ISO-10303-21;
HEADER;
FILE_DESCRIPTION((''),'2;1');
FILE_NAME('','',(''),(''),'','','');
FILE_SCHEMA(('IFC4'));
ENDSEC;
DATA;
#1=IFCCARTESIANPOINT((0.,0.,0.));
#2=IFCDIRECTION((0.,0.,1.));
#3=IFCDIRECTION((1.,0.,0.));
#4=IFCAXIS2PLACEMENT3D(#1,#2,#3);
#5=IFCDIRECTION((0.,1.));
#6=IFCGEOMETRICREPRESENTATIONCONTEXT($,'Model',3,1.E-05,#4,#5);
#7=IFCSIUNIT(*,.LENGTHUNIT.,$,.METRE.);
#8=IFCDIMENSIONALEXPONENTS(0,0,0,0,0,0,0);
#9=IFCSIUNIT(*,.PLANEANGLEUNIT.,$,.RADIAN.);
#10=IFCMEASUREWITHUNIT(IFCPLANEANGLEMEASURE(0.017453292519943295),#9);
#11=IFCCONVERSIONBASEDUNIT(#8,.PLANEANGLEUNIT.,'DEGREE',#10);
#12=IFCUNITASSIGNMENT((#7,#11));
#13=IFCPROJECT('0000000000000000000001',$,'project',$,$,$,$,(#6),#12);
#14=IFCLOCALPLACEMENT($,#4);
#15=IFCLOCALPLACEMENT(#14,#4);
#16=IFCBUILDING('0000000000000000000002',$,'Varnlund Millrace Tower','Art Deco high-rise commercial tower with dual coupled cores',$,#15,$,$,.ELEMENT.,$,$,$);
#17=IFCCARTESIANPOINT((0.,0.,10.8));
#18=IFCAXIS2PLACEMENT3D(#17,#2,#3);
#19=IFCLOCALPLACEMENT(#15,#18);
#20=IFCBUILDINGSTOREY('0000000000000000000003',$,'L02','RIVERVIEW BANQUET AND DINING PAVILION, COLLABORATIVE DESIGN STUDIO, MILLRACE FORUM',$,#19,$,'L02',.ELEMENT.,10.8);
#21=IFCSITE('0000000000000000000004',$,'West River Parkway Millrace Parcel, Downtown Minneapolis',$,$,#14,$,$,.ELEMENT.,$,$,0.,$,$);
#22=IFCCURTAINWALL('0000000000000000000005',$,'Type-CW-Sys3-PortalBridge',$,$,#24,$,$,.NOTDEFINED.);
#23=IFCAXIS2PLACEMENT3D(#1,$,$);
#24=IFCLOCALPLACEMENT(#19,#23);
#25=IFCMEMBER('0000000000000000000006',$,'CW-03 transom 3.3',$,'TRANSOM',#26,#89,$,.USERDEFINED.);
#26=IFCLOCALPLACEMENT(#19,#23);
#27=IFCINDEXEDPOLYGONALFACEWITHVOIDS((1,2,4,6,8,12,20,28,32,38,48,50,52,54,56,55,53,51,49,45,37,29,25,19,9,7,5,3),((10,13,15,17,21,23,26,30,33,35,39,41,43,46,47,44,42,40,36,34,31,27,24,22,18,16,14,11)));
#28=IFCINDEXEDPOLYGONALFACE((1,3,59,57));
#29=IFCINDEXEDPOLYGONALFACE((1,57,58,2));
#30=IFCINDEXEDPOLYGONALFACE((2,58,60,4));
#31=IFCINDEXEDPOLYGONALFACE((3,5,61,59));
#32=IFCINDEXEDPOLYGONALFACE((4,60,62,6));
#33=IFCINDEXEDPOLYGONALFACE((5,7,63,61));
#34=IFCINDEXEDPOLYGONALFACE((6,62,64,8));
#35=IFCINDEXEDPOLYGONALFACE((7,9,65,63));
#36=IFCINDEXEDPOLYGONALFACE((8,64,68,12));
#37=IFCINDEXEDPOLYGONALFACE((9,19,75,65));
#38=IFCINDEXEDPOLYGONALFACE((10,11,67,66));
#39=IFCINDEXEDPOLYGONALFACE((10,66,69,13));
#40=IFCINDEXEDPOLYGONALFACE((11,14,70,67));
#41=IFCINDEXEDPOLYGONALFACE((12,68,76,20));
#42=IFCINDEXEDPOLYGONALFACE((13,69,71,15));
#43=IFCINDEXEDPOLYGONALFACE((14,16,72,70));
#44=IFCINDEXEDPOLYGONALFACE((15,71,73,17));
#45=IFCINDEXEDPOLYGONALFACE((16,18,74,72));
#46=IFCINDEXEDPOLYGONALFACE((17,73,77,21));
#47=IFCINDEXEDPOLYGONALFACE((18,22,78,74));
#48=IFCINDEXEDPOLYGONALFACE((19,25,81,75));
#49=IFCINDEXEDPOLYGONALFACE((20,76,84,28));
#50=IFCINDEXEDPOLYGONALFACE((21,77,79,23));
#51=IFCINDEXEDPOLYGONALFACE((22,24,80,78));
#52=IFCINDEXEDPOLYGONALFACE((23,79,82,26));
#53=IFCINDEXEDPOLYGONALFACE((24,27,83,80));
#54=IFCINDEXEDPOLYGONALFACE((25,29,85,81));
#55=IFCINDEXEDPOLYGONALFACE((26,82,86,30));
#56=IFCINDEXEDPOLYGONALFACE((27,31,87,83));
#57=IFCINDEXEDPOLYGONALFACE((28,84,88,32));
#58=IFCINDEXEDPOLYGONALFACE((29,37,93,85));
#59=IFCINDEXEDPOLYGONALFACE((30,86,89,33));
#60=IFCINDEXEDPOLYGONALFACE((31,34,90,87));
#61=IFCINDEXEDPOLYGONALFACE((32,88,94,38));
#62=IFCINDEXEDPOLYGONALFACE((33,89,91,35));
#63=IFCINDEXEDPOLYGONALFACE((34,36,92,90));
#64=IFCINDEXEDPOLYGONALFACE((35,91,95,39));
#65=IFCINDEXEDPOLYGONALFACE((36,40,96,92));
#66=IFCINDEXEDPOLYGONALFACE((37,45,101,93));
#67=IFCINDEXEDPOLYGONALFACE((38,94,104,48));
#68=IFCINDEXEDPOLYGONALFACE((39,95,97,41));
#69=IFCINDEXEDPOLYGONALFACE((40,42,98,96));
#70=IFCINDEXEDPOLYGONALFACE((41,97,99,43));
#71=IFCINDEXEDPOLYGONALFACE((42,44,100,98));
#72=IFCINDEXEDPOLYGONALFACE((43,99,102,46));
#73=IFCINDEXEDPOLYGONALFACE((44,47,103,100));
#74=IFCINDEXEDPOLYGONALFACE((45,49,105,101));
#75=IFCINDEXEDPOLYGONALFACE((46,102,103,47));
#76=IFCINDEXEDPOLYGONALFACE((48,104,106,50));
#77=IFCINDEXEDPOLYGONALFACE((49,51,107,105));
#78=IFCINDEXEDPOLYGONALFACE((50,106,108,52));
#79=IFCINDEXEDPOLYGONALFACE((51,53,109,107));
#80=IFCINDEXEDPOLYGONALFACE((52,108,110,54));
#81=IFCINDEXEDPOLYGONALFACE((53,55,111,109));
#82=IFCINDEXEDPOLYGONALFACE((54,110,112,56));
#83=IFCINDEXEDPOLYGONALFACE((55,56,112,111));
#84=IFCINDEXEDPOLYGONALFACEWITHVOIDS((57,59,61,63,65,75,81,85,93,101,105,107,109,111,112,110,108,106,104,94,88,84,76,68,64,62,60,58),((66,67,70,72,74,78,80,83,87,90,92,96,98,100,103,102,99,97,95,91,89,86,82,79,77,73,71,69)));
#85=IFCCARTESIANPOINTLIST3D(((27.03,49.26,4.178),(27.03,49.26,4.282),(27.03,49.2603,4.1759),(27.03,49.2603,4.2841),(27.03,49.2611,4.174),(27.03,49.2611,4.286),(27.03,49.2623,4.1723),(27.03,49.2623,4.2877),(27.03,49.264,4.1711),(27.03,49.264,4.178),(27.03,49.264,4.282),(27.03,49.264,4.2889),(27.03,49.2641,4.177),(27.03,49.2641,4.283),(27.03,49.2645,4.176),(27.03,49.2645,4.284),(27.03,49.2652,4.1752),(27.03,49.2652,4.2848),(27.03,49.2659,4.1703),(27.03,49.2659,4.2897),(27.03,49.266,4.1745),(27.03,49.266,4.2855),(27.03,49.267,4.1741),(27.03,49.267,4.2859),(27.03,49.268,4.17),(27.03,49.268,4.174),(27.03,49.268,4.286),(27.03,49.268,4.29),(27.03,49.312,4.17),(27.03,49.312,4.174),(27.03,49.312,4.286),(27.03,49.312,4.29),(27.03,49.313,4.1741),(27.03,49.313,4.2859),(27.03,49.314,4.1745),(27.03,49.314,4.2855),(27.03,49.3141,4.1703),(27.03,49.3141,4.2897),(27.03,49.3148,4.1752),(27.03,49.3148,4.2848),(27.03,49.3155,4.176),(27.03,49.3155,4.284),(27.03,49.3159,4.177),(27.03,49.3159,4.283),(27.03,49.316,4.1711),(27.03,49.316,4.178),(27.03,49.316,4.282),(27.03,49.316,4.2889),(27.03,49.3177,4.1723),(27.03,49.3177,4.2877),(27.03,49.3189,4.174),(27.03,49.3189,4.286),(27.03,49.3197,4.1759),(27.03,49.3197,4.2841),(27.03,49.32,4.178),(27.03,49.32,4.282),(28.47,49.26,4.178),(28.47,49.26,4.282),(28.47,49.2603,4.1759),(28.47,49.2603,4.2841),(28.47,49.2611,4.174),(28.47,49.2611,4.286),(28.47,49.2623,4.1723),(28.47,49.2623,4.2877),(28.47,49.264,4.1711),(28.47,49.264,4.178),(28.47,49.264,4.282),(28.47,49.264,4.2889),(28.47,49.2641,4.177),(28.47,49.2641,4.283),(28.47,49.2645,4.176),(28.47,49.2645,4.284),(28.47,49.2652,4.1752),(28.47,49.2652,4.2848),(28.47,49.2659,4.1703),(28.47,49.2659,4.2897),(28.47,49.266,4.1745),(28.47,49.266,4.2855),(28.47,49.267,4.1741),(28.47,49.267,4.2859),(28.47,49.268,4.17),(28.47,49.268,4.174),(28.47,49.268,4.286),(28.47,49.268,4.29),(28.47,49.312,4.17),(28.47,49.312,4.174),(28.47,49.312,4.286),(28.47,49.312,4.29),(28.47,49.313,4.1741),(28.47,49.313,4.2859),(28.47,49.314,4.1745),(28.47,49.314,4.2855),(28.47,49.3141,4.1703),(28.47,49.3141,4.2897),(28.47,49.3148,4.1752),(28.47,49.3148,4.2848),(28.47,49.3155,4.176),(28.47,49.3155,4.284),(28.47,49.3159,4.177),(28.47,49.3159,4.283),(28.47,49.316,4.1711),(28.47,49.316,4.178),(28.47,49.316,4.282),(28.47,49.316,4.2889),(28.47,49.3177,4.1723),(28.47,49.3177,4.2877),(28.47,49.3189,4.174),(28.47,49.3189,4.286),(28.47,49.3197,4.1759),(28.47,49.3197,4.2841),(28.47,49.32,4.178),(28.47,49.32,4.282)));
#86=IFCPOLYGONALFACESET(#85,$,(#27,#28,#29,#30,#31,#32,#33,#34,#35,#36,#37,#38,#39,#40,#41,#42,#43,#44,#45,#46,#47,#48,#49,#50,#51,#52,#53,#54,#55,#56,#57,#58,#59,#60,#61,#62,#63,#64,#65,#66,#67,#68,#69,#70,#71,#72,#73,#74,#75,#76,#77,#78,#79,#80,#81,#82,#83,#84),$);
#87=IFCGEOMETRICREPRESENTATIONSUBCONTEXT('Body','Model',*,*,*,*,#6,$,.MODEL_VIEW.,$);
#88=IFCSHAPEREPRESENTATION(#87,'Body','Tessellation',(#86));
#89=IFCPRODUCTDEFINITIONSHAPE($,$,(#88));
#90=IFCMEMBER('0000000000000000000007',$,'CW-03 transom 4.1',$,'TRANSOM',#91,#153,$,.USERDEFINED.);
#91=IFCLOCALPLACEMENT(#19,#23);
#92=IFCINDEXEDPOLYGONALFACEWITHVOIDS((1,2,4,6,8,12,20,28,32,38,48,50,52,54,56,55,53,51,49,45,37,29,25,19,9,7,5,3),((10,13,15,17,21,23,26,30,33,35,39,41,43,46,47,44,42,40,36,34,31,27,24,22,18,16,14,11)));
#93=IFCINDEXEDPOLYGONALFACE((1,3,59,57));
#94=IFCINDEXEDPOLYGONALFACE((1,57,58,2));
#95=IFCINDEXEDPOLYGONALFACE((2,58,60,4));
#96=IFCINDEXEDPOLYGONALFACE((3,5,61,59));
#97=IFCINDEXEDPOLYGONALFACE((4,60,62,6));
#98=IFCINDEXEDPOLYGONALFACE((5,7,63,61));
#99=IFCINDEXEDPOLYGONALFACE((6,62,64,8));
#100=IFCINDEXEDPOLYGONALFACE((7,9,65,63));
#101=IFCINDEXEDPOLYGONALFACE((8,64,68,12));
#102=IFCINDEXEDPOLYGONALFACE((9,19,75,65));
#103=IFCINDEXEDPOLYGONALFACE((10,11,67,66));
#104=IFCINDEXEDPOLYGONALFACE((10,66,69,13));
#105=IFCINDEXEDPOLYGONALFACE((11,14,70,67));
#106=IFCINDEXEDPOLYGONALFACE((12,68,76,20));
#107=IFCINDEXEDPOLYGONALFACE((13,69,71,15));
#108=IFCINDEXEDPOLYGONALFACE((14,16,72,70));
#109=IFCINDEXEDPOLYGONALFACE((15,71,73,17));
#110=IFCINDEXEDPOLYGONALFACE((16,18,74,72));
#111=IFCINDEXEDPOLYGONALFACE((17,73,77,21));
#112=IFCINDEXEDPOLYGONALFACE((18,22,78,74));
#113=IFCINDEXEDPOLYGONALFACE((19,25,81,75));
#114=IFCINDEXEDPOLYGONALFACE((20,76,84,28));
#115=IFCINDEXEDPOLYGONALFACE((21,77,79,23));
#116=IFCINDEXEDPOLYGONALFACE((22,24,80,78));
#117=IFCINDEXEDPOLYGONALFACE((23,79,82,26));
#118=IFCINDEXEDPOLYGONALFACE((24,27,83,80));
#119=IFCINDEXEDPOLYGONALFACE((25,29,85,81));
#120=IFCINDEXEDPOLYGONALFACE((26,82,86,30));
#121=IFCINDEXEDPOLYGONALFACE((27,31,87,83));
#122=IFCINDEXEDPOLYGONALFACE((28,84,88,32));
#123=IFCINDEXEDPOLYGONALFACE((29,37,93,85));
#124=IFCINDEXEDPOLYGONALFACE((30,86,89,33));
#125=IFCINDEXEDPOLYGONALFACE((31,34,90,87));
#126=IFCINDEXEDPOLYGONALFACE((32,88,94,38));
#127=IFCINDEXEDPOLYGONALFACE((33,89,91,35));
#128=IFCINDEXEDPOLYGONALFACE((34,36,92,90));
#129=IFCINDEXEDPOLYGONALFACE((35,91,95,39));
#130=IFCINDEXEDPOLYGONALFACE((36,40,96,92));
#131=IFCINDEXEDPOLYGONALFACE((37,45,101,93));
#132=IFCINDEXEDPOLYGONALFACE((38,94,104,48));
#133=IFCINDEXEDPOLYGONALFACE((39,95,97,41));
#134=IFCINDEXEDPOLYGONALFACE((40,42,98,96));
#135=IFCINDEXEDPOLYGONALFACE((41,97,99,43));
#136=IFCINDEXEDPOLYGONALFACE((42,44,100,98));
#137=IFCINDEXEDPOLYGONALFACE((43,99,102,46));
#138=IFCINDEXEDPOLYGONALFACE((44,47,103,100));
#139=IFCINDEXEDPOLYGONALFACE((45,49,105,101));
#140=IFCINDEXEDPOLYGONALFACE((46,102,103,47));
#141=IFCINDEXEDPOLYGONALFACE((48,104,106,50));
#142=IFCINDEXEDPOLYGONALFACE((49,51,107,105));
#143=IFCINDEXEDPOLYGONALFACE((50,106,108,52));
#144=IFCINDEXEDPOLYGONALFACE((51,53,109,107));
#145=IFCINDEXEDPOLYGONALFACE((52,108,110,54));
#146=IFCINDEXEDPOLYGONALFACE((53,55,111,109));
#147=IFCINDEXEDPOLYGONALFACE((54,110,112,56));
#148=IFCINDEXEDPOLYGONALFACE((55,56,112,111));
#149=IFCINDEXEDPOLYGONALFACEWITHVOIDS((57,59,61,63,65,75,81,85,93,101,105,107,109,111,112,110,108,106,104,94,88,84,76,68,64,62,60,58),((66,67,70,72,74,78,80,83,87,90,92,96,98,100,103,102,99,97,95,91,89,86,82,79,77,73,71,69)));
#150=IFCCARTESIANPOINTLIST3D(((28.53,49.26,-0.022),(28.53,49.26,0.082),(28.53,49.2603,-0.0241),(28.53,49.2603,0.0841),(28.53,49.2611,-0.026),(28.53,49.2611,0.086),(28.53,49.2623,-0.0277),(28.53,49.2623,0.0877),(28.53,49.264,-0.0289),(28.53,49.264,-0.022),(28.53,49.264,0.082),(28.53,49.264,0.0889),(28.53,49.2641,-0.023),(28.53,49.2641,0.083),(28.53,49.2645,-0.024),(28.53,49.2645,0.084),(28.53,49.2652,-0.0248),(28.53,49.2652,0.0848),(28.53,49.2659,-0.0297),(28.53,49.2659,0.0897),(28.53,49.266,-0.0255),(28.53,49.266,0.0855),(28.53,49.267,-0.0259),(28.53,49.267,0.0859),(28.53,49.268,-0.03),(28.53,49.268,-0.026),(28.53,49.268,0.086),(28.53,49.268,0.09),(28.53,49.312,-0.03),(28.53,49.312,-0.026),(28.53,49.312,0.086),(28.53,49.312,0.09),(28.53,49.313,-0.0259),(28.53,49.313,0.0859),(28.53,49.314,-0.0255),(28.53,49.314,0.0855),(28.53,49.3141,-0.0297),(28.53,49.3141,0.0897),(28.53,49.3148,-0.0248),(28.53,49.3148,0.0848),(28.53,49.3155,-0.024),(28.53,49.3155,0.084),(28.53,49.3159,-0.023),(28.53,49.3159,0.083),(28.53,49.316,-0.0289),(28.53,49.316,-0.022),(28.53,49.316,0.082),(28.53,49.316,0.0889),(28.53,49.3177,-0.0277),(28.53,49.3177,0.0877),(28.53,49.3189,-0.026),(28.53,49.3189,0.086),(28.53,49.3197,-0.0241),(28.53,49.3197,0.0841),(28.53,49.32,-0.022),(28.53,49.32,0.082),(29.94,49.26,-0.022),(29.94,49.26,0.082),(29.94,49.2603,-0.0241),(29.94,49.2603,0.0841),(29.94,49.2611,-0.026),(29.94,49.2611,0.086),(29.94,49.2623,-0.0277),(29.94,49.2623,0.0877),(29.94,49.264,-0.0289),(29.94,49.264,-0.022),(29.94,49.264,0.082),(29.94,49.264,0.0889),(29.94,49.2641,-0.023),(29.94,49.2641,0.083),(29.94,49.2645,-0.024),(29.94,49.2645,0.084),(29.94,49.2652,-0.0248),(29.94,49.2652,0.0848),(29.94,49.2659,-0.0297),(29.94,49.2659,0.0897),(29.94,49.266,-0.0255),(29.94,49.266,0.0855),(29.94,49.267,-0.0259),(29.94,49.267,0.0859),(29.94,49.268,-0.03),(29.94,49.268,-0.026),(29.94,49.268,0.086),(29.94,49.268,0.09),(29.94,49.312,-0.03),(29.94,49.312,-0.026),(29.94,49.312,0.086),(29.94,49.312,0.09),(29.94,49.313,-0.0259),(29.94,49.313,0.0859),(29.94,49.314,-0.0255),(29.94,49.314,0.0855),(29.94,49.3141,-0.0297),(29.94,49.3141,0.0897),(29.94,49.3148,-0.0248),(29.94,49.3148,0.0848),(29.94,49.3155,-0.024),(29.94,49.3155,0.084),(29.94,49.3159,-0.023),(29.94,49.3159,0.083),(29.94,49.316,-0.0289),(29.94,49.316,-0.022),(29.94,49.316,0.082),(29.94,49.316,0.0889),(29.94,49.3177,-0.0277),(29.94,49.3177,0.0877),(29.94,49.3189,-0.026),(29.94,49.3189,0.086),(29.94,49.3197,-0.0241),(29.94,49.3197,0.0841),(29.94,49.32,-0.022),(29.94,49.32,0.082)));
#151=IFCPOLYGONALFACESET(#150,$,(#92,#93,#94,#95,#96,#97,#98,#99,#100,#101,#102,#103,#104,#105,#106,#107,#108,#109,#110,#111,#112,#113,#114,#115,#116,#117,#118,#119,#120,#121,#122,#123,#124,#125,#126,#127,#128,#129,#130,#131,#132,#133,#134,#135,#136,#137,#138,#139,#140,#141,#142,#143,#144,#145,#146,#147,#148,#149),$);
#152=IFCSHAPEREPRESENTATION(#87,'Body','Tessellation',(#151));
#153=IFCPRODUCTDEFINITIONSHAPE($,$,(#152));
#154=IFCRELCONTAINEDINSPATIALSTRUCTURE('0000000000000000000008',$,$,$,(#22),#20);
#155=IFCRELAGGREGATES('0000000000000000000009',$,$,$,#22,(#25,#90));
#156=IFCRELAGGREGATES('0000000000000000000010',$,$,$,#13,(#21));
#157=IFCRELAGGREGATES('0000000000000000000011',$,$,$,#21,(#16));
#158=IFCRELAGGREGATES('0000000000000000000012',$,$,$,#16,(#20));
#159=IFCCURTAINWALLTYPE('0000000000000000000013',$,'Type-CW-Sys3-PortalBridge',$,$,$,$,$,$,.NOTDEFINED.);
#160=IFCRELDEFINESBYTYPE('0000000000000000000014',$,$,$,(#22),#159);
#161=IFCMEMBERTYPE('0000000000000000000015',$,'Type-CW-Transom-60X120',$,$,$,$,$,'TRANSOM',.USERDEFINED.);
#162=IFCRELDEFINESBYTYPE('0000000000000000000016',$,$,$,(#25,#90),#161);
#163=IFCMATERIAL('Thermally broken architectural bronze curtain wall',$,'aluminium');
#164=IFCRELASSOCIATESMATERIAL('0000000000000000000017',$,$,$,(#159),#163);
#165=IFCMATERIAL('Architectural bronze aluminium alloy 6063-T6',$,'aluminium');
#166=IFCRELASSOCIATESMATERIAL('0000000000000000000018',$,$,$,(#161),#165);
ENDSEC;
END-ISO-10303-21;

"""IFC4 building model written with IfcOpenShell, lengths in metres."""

from ifc_helpers import new_model, entity, si_unit, converted_unit, direction, frame, origin_with_axes, origin_2d_with_axis, place, context, subcontext, project, spatial, hollow_rectangle, extrude, material, material_profile, profile_set, type_object, element, aggregate, save


model = new_model("IFC4")

# Units and contexts
model_context = context("Model", 3, precision=1e-05, world=origin_with_axes(), true_north=direction((0.0, 1.0)))
body_context = subcontext(model_context, "Body", "Model", "MODEL_VIEW")
ifc_project = project(units=[si_unit("LENGTHUNIT", "METRE"), converted_unit("PLANEANGLEUNIT", "DEGREE", entity("IfcPlaneAngleMeasure", 0.017453292519943295), si_unit("PLANEANGLEUNIT", "RADIAN"), dimensions=[0, 0, 0, 0, 0, 0, 0])], contexts=[model_context])

# Site, building, storey
site_placement = place(None, origin_with_axes())
site = spatial("IfcSite", under=ifc_project, at=site_placement, Name="West River Parkway Millrace Parcel, Downtown Minneapolis", CompositionType="ELEMENT", RefElevation=0.0)
building_placement = place(site_placement, origin_with_axes())
building = spatial("IfcBuilding", under=site, at=building_placement, Name="Varnlund Millrace Tower", Description="Art Deco high-rise commercial tower with dual coupled cores", CompositionType="ELEMENT")
storey_placement = place(building_placement, frame((0.0, 0.0, 10.8), z_axis=(0.0, 0.0, 1.0), x_axis=(1.0, 0.0, 0.0)))
storey = spatial("IfcBuildingStorey", under=building, at=storey_placement, Name="L02", Description="RIVERVIEW BANQUET AND DINING PAVILION, COLLABORATIVE DESIGN STUDIO, MILLRACE FORUM", LongName="L02", CompositionType="ELEMENT", Elevation=10.8)

# Curtain wall, members
ifc_material_1 = material(Name="Thermally broken architectural bronze curtain wall", Category="aluminium")
curtain_wall_type = type_object("IfcCurtainWallType", Name="Type-CW-Sys3-PortalBridge", PredefinedType="NOTDEFINED", material=ifc_material_1)
curtain_wall_placement = place(storey_placement, frame((24.0, 49.29, 0.0), z_axis=(0.0, 0.0, 1.0), x_axis=(1.0, 0.0, 0.0)))
curtain_wall = element("IfcCurtainWall", 1, at=curtain_wall_placement, inside=storey, type_object=curtain_wall_type, Name="Type-CW-Sys3-PortalBridge", PredefinedType="NOTDEFINED")
ifc_material_2 = material(Name="Architectural bronze aluminium alloy 6063-T6", Category="aluminium")
ifc_material_profile_1 = material_profile(ifc_material_2, hollow_rectangle(XDim=0.06, YDim=0.12, WallThickness=0.004, InnerFilletRadius=0.004, OuterFilletRadius=0.008, at=origin_2d_with_axis()), Name="Architectural bronze aluminium alloy 6063-T6")
ifc_profile_set_1 = profile_set([ifc_material_profile_1], Name="Architectural bronze aluminium alloy 6063-T6")
member_type_1 = type_object("IfcMemberType", Name="Type-CW-Transom-60X120", ElementType="TRANSOM", PredefinedType="USERDEFINED", material=ifc_profile_set_1)
member_1_placement = place(storey_placement, frame((27.03, 49.29, 4.23), z_axis=(1.0, 0.0, 0.0), x_axis=(0.0, 1.0, 0.0)))
member_1 = element("IfcMember", 2, at=member_1_placement, type_object=member_type_1, Name="CW-03 transom 3.3", ObjectType="TRANSOM", PredefinedType="USERDEFINED", context=body_context, shape_type="SweptSolid", body=[
    extrude(hollow_rectangle(XDim=0.06, YDim=0.12, WallThickness=0.004, InnerFilletRadius=0.004, OuterFilletRadius=0.008, at=origin_2d_with_axis()), origin_with_axes(), (0.0, 0.0, 1.0), 1.44),
])
member_2_placement = place(storey_placement, frame((28.53, 49.29, 0.03), z_axis=(1.0, 0.0, 0.0), x_axis=(0.0, 1.0, 0.0)))
member_2 = element("IfcMember", 3, at=member_2_placement, type_object=member_type_1, Name="CW-03 transom 4.1", ObjectType="TRANSOM", PredefinedType="USERDEFINED", context=body_context, shape_type="SweptSolid", body=[
    extrude(hollow_rectangle(XDim=0.06, YDim=0.12, WallThickness=0.004, InnerFilletRadius=0.004, OuterFilletRadius=0.008, at=origin_2d_with_axis()), origin_with_axes(), (0.0, 0.0, 1.0), 1.41),
])
aggregate(curtain_wall, [member_1, member_2])

save(model, "model.ifc")
